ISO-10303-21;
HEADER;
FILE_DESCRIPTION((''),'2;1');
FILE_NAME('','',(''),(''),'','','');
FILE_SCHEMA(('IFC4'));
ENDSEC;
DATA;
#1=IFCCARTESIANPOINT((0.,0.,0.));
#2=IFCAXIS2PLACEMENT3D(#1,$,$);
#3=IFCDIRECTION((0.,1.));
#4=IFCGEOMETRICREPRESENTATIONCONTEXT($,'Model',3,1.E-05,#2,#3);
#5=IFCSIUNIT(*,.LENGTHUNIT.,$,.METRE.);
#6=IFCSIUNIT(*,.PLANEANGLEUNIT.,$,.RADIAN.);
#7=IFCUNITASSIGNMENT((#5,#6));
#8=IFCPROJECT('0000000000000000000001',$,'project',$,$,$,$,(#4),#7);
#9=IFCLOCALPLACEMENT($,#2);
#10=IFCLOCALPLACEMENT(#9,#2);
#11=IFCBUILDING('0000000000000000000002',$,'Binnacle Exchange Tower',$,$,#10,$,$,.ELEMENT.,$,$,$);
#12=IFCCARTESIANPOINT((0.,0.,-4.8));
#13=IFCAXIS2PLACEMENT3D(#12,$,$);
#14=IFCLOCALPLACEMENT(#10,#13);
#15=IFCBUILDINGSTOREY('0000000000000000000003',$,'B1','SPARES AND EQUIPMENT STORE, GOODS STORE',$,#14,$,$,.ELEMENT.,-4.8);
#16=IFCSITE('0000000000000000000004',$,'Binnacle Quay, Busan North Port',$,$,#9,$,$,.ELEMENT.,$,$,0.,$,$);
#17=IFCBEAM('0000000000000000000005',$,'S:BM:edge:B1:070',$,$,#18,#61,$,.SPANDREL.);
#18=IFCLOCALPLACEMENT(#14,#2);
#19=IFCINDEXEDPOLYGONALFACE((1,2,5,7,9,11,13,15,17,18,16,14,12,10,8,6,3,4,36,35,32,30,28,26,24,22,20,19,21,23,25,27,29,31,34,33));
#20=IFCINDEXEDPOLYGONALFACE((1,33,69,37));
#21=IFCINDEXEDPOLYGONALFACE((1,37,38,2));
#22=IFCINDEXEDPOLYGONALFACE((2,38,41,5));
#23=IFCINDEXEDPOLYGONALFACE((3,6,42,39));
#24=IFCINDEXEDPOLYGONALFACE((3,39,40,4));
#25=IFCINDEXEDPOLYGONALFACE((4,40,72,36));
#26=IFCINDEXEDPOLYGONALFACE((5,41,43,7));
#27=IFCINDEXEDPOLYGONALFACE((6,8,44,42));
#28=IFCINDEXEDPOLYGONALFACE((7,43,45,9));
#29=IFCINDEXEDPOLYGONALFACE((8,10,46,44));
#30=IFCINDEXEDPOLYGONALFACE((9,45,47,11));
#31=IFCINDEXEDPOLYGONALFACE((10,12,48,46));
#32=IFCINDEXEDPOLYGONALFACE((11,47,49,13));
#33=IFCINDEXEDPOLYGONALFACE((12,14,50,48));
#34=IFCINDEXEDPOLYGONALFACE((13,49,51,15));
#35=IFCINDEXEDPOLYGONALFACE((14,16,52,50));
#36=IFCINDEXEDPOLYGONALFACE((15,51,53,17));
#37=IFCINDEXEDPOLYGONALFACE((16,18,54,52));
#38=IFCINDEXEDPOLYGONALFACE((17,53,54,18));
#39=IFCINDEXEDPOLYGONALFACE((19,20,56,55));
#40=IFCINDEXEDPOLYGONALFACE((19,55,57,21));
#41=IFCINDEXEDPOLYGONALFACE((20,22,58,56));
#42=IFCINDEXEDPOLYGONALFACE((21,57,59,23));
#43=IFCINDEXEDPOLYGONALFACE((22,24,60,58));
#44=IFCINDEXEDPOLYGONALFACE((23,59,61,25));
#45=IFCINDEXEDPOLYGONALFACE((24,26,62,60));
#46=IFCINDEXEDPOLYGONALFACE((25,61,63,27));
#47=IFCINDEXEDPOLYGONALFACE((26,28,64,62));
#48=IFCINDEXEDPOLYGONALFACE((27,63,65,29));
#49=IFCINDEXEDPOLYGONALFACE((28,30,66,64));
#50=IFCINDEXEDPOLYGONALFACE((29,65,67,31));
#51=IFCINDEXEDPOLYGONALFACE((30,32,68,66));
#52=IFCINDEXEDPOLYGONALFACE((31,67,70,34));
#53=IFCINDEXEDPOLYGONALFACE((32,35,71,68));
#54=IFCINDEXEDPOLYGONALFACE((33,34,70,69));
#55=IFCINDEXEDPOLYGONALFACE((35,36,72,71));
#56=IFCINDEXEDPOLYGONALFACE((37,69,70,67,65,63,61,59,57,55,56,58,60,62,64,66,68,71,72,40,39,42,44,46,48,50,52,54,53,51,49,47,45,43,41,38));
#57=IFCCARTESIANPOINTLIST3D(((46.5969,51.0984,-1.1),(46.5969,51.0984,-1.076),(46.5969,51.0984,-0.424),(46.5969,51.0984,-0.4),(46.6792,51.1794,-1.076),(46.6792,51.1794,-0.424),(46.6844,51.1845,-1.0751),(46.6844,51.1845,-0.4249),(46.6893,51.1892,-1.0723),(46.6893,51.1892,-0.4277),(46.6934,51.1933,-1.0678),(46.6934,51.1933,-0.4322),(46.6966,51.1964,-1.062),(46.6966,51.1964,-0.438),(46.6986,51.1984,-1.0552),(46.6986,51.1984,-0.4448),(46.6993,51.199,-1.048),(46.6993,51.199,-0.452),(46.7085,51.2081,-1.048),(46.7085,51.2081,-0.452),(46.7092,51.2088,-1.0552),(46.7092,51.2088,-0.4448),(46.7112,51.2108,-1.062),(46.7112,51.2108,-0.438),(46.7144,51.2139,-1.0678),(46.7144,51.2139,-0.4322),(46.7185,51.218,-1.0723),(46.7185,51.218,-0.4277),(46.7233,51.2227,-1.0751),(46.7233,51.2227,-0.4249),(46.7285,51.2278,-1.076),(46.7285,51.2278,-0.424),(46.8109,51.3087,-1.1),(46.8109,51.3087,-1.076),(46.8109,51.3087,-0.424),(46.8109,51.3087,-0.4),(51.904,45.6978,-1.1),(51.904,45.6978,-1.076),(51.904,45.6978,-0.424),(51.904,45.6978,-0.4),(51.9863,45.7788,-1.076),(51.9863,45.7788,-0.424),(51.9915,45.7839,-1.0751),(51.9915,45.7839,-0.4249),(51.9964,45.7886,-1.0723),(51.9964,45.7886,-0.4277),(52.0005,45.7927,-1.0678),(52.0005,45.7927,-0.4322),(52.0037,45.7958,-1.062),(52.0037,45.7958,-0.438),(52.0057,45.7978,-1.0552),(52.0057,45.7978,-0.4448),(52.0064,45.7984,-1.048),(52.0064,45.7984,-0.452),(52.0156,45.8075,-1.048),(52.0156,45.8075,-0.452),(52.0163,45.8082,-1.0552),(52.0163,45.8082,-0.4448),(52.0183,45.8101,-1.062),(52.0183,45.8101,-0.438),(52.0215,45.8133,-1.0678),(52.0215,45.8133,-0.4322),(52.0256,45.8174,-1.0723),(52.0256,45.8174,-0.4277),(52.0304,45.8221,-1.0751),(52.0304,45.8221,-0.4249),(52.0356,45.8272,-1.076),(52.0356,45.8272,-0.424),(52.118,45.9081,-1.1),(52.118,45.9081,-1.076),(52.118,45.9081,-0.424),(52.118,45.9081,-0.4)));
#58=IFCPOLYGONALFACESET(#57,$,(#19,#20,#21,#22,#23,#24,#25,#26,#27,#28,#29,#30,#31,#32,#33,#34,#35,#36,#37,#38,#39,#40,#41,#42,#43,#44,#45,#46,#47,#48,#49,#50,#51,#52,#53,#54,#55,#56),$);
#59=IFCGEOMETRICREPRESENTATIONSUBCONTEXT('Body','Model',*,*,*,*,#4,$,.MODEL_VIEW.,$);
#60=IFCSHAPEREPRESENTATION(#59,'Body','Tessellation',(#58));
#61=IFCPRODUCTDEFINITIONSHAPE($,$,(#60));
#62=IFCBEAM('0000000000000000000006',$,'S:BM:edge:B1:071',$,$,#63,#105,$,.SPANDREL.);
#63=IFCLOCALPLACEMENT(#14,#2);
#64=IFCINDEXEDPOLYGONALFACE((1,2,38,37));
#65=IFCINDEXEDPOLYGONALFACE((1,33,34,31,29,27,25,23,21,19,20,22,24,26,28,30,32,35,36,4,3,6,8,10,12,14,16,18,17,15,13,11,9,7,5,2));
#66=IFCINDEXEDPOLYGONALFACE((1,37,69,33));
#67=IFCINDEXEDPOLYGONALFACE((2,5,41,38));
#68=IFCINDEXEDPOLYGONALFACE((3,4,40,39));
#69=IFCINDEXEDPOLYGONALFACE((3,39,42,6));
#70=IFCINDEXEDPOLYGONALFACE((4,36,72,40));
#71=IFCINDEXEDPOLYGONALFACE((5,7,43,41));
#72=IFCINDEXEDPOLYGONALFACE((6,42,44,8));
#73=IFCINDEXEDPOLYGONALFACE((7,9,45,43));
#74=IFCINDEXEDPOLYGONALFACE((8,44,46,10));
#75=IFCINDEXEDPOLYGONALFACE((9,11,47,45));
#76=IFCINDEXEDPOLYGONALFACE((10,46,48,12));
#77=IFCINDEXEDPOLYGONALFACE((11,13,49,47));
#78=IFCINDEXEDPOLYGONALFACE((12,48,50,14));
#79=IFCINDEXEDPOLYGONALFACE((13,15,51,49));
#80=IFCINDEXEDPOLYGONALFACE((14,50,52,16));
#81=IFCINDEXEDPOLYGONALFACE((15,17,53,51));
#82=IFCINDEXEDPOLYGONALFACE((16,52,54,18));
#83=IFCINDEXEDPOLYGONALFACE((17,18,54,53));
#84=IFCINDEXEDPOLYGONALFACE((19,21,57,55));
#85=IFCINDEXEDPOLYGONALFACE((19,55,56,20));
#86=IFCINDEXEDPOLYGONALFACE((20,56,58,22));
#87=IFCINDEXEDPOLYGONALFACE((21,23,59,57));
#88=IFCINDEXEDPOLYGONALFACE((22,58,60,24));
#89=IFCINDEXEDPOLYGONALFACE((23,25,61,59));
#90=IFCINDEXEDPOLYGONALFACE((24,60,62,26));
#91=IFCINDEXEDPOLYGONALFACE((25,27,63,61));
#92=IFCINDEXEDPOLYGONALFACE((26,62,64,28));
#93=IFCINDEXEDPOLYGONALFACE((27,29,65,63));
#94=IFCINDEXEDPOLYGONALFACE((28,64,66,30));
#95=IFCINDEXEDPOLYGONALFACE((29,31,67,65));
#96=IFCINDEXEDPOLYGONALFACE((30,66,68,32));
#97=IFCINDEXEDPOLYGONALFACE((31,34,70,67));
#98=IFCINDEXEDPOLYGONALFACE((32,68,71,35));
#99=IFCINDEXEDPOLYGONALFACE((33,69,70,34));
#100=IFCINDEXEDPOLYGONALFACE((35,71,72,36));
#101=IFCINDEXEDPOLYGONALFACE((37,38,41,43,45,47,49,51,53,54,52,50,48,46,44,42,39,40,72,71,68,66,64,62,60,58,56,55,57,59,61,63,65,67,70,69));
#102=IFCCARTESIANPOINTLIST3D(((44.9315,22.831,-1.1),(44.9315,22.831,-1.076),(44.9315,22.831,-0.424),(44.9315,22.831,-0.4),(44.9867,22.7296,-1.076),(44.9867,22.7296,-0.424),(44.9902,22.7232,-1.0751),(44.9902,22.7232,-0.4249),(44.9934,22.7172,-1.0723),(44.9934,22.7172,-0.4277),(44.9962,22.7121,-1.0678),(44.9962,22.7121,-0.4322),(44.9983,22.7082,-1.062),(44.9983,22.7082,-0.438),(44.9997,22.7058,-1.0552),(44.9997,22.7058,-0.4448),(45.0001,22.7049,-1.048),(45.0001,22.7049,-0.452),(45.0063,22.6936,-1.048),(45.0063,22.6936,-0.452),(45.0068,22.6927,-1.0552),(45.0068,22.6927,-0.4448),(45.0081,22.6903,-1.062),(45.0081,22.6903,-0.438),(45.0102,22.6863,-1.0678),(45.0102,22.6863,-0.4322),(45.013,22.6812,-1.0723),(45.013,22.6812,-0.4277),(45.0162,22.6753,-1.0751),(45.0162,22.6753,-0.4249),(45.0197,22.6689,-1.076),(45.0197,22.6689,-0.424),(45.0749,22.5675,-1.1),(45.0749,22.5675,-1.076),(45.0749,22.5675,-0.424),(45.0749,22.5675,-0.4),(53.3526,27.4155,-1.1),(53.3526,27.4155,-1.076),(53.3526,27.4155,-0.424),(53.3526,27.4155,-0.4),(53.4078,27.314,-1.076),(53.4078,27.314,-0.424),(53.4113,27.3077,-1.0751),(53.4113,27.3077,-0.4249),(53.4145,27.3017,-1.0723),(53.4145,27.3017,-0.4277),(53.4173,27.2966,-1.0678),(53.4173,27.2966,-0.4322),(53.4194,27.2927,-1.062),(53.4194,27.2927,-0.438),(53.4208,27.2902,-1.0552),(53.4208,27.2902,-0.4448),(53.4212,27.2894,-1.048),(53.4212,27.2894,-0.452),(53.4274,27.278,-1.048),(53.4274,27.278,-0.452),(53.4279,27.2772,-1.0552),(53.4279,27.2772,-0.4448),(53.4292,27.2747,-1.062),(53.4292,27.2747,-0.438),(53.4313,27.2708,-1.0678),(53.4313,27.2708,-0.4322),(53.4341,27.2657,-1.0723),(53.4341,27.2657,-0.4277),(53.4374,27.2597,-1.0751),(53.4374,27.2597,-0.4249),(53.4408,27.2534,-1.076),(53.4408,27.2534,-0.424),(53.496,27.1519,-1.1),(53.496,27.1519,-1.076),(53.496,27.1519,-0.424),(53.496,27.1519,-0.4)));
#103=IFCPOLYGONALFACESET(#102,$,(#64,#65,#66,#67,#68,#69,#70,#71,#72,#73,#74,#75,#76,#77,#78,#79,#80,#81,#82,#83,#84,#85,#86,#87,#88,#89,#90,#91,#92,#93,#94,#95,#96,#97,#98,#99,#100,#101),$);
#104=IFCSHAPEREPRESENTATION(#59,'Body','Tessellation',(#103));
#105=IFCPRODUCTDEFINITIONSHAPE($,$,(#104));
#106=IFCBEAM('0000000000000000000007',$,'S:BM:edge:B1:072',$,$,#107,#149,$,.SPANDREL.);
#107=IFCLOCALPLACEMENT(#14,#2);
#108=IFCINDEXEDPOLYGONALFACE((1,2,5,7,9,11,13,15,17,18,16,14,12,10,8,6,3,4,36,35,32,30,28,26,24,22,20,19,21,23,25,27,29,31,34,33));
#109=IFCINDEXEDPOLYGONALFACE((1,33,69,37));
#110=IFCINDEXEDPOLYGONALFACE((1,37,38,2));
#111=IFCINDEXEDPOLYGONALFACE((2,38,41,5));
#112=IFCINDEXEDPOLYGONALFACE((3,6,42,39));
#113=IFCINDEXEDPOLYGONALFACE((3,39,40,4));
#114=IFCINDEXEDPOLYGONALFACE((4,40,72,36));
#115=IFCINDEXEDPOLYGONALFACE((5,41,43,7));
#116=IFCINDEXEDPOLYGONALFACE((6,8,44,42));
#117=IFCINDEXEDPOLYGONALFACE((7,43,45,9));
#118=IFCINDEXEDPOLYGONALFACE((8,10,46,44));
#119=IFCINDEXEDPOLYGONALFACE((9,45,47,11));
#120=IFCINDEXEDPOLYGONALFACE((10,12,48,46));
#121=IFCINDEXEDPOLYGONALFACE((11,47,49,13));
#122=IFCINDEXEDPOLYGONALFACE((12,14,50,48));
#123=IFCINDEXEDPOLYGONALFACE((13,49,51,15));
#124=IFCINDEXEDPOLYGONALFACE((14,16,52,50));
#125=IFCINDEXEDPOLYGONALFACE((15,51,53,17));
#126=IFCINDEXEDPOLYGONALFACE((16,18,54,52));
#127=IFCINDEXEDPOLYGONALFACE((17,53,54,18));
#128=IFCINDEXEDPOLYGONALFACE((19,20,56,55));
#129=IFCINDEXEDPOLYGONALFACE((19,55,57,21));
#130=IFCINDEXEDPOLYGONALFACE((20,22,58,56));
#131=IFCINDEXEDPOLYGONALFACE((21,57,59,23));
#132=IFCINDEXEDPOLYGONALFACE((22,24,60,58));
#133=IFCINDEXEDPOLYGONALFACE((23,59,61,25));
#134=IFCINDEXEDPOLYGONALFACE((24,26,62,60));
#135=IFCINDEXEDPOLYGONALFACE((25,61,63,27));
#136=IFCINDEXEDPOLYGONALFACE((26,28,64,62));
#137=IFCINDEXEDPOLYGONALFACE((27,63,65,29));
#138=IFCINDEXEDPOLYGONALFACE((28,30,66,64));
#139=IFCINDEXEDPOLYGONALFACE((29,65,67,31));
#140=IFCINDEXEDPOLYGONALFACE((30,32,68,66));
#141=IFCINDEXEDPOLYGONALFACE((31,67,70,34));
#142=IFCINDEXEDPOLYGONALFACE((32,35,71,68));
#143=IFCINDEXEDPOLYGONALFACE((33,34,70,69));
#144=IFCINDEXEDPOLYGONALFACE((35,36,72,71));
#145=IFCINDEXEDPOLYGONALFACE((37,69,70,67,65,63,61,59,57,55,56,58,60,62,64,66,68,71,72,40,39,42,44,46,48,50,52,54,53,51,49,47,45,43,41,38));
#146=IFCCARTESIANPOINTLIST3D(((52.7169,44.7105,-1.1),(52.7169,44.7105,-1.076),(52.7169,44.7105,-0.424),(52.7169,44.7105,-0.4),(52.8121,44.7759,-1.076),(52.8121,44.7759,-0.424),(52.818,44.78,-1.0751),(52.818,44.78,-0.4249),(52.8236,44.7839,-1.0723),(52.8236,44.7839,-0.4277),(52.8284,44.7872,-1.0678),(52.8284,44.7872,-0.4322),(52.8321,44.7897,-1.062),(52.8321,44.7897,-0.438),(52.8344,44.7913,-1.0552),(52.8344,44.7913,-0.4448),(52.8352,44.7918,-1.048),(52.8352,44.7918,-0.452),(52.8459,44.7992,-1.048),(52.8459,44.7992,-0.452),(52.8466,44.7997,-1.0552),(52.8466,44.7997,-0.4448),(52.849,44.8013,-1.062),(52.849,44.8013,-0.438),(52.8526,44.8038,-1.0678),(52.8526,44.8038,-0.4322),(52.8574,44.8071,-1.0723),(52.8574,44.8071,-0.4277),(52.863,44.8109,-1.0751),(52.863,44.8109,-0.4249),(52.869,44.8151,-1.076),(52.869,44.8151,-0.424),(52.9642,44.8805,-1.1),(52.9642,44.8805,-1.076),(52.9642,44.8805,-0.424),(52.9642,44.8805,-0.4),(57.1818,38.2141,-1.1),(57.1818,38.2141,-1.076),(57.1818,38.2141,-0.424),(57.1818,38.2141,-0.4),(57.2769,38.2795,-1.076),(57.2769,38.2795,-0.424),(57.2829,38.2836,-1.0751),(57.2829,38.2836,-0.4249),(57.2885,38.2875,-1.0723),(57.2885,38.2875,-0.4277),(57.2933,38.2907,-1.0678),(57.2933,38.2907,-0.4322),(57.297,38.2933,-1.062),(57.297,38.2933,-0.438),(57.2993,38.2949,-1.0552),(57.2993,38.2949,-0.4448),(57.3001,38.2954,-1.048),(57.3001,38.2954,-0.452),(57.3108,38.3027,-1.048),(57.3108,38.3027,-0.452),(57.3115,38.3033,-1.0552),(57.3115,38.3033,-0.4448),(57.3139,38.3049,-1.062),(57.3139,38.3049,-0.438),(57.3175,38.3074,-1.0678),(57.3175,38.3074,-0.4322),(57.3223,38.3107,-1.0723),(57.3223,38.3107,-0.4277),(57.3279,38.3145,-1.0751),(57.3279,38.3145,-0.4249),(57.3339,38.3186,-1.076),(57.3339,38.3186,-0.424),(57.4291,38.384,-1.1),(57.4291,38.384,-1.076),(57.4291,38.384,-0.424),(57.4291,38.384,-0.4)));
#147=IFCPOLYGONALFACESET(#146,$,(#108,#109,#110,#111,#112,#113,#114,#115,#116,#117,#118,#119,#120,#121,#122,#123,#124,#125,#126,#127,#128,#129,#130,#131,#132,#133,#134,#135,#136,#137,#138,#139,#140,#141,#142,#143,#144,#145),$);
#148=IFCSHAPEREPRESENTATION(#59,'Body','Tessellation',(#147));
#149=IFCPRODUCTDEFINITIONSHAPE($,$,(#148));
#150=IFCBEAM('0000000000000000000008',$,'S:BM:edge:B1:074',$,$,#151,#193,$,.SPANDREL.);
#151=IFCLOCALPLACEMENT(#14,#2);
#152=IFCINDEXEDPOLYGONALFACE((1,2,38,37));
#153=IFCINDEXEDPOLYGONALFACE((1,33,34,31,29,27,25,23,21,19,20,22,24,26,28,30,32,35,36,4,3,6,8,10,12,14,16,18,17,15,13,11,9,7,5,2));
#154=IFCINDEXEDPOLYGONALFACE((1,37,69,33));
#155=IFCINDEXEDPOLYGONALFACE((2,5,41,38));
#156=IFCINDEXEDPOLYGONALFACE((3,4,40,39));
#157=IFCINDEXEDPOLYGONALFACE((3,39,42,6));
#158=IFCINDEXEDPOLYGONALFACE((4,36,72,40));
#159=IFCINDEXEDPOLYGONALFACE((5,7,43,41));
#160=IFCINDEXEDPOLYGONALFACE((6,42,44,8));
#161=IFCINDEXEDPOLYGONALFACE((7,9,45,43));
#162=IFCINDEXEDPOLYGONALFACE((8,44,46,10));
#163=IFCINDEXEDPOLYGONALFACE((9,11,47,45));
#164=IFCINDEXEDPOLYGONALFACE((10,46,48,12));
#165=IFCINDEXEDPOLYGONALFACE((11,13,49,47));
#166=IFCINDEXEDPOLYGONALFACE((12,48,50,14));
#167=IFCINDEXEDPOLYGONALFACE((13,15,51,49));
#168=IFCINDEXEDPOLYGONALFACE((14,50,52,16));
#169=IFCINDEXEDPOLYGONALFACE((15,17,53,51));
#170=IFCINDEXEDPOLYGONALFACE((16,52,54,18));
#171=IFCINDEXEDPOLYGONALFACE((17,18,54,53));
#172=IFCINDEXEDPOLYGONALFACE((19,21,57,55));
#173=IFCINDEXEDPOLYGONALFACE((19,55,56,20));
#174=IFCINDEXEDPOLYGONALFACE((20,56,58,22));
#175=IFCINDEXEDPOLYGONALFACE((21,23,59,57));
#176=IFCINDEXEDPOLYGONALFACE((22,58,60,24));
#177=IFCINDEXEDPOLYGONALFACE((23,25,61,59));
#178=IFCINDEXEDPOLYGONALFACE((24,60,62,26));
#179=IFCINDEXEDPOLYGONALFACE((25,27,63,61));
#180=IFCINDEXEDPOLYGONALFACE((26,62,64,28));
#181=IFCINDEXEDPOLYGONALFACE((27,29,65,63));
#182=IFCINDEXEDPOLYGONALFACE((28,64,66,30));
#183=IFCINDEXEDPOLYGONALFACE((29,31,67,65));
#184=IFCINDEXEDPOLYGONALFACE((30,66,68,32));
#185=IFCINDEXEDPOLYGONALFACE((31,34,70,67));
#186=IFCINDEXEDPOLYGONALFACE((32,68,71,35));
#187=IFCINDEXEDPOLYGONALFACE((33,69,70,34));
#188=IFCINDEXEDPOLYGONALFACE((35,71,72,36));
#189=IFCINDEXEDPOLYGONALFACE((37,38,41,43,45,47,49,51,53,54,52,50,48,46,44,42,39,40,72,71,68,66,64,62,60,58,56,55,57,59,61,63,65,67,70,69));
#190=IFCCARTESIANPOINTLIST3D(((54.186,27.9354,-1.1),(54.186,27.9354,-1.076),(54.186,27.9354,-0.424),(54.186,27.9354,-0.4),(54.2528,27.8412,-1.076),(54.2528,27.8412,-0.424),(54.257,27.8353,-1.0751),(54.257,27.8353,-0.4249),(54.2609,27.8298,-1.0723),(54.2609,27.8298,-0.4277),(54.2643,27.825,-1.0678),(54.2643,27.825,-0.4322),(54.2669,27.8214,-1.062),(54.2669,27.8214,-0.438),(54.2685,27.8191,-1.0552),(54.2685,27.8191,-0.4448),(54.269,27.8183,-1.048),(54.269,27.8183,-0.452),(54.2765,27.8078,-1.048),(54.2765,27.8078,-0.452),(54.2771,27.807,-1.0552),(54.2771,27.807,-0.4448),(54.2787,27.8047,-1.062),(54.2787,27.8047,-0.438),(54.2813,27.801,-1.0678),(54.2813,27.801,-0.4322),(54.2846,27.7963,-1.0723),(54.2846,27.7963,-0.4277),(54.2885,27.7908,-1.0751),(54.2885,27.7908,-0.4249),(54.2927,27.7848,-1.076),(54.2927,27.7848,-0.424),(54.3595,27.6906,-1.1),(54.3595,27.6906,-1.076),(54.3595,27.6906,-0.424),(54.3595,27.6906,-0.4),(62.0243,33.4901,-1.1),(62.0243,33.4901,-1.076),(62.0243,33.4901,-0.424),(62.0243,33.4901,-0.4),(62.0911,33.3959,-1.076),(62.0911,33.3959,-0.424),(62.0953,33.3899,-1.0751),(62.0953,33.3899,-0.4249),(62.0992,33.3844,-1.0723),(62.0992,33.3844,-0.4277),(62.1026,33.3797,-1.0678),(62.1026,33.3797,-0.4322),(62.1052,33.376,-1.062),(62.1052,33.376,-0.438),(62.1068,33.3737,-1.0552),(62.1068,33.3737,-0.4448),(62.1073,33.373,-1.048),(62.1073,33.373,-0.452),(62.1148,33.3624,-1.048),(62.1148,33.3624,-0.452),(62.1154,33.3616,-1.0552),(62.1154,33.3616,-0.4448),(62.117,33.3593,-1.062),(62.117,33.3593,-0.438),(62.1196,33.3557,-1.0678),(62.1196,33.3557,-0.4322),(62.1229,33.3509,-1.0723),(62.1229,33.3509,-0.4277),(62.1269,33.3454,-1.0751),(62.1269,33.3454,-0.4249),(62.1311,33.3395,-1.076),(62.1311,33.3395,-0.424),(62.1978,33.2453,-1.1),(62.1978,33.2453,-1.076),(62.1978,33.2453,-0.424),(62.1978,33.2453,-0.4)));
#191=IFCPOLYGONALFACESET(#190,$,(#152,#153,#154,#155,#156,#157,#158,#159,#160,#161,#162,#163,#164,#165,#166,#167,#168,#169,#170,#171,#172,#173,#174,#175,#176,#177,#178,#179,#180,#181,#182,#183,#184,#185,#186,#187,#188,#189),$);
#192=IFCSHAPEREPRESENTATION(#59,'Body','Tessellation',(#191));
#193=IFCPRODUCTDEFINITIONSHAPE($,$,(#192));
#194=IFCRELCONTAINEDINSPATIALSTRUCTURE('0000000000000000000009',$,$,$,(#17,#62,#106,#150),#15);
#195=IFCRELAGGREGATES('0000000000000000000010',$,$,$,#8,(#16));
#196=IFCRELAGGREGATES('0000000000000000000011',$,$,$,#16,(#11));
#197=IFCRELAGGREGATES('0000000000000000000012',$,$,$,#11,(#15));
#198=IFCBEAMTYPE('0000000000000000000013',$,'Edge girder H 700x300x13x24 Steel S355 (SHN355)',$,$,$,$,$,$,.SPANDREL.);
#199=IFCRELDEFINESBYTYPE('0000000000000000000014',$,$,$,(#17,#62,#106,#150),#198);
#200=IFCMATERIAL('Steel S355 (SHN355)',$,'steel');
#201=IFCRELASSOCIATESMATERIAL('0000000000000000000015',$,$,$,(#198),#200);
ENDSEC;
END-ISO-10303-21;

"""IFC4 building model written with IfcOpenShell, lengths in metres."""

from ifc_helpers import new_model, si_unit, direction, frame, origin, origin_2d, place, context, subcontext, project, spatial, i_section, extrude, material, material_profile, profile_set, type_object, element, save


model = new_model("IFC4")

# Units and contexts
model_context = context("Model", 3, precision=1e-05, world=origin(), true_north=direction((0.0, 1.0)))
body_context = subcontext(model_context, "Body", "Model", "MODEL_VIEW")
ifc_project = project(units=[si_unit("LENGTHUNIT", "METRE"), si_unit("PLANEANGLEUNIT", "RADIAN")], contexts=[model_context])

# Site, building, storey
site_placement = place(None, origin())
site = spatial("IfcSite", under=ifc_project, at=site_placement, Name="Binnacle Quay, Busan North Port", CompositionType="ELEMENT", RefElevation=0.0)
building_placement = place(site_placement, origin())
building = spatial("IfcBuilding", under=site, at=building_placement, Name="Binnacle Exchange Tower", CompositionType="ELEMENT")
storey_placement = place(building_placement, frame((0.0, 0.0, -4.8)))
storey = spatial("IfcBuildingStorey", under=building, at=storey_placement, Name="B1", Description="SPARES AND EQUIPMENT STORE, GOODS STORE", CompositionType="ELEMENT", Elevation=-4.8)

# Beams
ifc_material_1 = material(Name="Steel S355 (SHN355)", Category="steel")
ifc_material_profile_1 = material_profile(ifc_material_1, i_section(OverallWidth=0.3, OverallDepth=0.7, WebThickness=0.0129, FlangeThickness=0.0239, FilletRadius=0.0281, at=origin_2d()), Name="H 700x300x13x24")
ifc_profile_set_1 = profile_set([ifc_material_profile_1], Name="Steel S355 (SHN355)")
beam_type_1 = type_object("IfcBeamType", Name="Edge girder H 700x300x13x24 Steel S355 (SHN355)", PredefinedType="SPANDREL", material=ifc_profile_set_1)
beam_1_placement = place(storey_placement, frame((52.011, 45.803, -0.75), z_axis=(-0.700905, 0.713254, 0.0), x_axis=(-0.713254, -0.700905, 0.0)))
element("IfcBeam", 1, at=beam_1_placement, inside=storey, type_object=beam_type_1, Name="S:BM:edge:B1:070", PredefinedType="SPANDREL", context=body_context, shape_type="SweptSolid", body=[
    extrude(i_section(OverallWidth=0.3, OverallDepth=0.7, WebThickness=0.0129, FlangeThickness=0.0239, FilletRadius=0.0281, at=origin_2d()), origin(), (0.0, 0.0, 1.0), 7.5718),
])
beam_2_placement = place(storey_placement, frame((53.4243, 27.2837, -0.75), z_axis=(-0.878285, -0.478138, 0.0), x_axis=(0.478138, -0.878285, 0.0)))
element("IfcBeam", 2, at=beam_2_placement, inside=storey, type_object=beam_type_1, Name="S:BM:edge:B1:071", PredefinedType="SPANDREL", context=body_context, shape_type="SweptSolid", body=[
    extrude(i_section(OverallWidth=0.3, OverallDepth=0.7, WebThickness=0.0129, FlangeThickness=0.0239, FilletRadius=0.0281, at=origin_2d()), origin(), (0.0, 0.0, 1.0), 9.5881),
])
beam_3_placement = place(storey_placement, frame((57.3054, 38.2991, -0.75), z_axis=(-0.566409, 0.824124, 0.0), x_axis=(-0.824124, -0.566409, 0.0)))
element("IfcBeam", 3, at=beam_3_placement, inside=storey, type_object=beam_type_1, Name="S:BM:edge:B1:072", PredefinedType="SPANDREL", context=body_context, shape_type="SweptSolid", body=[
    extrude(i_section(OverallWidth=0.3, OverallDepth=0.7, WebThickness=0.0129, FlangeThickness=0.0239, FilletRadius=0.0281, at=origin_2d()), origin(), (0.0, 0.0, 1.0), 7.8828),
])
beam_4_placement = place(storey_placement, frame((62.1111, 33.3677, -0.75), z_axis=(-0.815902, -0.578191, 0.0), x_axis=(0.578191, -0.815902, 0.0)))
element("IfcBeam", 4, at=beam_4_placement, inside=storey, type_object=beam_type_1, Name="S:BM:edge:B1:074", PredefinedType="SPANDREL", context=body_context, shape_type="SweptSolid", body=[
    extrude(i_section(OverallWidth=0.3, OverallDepth=0.7, WebThickness=0.0129, FlangeThickness=0.0239, FilletRadius=0.0281, at=origin_2d()), origin(), (0.0, 0.0, 1.0), 9.6069),
])

save(model, "model.ifc")
